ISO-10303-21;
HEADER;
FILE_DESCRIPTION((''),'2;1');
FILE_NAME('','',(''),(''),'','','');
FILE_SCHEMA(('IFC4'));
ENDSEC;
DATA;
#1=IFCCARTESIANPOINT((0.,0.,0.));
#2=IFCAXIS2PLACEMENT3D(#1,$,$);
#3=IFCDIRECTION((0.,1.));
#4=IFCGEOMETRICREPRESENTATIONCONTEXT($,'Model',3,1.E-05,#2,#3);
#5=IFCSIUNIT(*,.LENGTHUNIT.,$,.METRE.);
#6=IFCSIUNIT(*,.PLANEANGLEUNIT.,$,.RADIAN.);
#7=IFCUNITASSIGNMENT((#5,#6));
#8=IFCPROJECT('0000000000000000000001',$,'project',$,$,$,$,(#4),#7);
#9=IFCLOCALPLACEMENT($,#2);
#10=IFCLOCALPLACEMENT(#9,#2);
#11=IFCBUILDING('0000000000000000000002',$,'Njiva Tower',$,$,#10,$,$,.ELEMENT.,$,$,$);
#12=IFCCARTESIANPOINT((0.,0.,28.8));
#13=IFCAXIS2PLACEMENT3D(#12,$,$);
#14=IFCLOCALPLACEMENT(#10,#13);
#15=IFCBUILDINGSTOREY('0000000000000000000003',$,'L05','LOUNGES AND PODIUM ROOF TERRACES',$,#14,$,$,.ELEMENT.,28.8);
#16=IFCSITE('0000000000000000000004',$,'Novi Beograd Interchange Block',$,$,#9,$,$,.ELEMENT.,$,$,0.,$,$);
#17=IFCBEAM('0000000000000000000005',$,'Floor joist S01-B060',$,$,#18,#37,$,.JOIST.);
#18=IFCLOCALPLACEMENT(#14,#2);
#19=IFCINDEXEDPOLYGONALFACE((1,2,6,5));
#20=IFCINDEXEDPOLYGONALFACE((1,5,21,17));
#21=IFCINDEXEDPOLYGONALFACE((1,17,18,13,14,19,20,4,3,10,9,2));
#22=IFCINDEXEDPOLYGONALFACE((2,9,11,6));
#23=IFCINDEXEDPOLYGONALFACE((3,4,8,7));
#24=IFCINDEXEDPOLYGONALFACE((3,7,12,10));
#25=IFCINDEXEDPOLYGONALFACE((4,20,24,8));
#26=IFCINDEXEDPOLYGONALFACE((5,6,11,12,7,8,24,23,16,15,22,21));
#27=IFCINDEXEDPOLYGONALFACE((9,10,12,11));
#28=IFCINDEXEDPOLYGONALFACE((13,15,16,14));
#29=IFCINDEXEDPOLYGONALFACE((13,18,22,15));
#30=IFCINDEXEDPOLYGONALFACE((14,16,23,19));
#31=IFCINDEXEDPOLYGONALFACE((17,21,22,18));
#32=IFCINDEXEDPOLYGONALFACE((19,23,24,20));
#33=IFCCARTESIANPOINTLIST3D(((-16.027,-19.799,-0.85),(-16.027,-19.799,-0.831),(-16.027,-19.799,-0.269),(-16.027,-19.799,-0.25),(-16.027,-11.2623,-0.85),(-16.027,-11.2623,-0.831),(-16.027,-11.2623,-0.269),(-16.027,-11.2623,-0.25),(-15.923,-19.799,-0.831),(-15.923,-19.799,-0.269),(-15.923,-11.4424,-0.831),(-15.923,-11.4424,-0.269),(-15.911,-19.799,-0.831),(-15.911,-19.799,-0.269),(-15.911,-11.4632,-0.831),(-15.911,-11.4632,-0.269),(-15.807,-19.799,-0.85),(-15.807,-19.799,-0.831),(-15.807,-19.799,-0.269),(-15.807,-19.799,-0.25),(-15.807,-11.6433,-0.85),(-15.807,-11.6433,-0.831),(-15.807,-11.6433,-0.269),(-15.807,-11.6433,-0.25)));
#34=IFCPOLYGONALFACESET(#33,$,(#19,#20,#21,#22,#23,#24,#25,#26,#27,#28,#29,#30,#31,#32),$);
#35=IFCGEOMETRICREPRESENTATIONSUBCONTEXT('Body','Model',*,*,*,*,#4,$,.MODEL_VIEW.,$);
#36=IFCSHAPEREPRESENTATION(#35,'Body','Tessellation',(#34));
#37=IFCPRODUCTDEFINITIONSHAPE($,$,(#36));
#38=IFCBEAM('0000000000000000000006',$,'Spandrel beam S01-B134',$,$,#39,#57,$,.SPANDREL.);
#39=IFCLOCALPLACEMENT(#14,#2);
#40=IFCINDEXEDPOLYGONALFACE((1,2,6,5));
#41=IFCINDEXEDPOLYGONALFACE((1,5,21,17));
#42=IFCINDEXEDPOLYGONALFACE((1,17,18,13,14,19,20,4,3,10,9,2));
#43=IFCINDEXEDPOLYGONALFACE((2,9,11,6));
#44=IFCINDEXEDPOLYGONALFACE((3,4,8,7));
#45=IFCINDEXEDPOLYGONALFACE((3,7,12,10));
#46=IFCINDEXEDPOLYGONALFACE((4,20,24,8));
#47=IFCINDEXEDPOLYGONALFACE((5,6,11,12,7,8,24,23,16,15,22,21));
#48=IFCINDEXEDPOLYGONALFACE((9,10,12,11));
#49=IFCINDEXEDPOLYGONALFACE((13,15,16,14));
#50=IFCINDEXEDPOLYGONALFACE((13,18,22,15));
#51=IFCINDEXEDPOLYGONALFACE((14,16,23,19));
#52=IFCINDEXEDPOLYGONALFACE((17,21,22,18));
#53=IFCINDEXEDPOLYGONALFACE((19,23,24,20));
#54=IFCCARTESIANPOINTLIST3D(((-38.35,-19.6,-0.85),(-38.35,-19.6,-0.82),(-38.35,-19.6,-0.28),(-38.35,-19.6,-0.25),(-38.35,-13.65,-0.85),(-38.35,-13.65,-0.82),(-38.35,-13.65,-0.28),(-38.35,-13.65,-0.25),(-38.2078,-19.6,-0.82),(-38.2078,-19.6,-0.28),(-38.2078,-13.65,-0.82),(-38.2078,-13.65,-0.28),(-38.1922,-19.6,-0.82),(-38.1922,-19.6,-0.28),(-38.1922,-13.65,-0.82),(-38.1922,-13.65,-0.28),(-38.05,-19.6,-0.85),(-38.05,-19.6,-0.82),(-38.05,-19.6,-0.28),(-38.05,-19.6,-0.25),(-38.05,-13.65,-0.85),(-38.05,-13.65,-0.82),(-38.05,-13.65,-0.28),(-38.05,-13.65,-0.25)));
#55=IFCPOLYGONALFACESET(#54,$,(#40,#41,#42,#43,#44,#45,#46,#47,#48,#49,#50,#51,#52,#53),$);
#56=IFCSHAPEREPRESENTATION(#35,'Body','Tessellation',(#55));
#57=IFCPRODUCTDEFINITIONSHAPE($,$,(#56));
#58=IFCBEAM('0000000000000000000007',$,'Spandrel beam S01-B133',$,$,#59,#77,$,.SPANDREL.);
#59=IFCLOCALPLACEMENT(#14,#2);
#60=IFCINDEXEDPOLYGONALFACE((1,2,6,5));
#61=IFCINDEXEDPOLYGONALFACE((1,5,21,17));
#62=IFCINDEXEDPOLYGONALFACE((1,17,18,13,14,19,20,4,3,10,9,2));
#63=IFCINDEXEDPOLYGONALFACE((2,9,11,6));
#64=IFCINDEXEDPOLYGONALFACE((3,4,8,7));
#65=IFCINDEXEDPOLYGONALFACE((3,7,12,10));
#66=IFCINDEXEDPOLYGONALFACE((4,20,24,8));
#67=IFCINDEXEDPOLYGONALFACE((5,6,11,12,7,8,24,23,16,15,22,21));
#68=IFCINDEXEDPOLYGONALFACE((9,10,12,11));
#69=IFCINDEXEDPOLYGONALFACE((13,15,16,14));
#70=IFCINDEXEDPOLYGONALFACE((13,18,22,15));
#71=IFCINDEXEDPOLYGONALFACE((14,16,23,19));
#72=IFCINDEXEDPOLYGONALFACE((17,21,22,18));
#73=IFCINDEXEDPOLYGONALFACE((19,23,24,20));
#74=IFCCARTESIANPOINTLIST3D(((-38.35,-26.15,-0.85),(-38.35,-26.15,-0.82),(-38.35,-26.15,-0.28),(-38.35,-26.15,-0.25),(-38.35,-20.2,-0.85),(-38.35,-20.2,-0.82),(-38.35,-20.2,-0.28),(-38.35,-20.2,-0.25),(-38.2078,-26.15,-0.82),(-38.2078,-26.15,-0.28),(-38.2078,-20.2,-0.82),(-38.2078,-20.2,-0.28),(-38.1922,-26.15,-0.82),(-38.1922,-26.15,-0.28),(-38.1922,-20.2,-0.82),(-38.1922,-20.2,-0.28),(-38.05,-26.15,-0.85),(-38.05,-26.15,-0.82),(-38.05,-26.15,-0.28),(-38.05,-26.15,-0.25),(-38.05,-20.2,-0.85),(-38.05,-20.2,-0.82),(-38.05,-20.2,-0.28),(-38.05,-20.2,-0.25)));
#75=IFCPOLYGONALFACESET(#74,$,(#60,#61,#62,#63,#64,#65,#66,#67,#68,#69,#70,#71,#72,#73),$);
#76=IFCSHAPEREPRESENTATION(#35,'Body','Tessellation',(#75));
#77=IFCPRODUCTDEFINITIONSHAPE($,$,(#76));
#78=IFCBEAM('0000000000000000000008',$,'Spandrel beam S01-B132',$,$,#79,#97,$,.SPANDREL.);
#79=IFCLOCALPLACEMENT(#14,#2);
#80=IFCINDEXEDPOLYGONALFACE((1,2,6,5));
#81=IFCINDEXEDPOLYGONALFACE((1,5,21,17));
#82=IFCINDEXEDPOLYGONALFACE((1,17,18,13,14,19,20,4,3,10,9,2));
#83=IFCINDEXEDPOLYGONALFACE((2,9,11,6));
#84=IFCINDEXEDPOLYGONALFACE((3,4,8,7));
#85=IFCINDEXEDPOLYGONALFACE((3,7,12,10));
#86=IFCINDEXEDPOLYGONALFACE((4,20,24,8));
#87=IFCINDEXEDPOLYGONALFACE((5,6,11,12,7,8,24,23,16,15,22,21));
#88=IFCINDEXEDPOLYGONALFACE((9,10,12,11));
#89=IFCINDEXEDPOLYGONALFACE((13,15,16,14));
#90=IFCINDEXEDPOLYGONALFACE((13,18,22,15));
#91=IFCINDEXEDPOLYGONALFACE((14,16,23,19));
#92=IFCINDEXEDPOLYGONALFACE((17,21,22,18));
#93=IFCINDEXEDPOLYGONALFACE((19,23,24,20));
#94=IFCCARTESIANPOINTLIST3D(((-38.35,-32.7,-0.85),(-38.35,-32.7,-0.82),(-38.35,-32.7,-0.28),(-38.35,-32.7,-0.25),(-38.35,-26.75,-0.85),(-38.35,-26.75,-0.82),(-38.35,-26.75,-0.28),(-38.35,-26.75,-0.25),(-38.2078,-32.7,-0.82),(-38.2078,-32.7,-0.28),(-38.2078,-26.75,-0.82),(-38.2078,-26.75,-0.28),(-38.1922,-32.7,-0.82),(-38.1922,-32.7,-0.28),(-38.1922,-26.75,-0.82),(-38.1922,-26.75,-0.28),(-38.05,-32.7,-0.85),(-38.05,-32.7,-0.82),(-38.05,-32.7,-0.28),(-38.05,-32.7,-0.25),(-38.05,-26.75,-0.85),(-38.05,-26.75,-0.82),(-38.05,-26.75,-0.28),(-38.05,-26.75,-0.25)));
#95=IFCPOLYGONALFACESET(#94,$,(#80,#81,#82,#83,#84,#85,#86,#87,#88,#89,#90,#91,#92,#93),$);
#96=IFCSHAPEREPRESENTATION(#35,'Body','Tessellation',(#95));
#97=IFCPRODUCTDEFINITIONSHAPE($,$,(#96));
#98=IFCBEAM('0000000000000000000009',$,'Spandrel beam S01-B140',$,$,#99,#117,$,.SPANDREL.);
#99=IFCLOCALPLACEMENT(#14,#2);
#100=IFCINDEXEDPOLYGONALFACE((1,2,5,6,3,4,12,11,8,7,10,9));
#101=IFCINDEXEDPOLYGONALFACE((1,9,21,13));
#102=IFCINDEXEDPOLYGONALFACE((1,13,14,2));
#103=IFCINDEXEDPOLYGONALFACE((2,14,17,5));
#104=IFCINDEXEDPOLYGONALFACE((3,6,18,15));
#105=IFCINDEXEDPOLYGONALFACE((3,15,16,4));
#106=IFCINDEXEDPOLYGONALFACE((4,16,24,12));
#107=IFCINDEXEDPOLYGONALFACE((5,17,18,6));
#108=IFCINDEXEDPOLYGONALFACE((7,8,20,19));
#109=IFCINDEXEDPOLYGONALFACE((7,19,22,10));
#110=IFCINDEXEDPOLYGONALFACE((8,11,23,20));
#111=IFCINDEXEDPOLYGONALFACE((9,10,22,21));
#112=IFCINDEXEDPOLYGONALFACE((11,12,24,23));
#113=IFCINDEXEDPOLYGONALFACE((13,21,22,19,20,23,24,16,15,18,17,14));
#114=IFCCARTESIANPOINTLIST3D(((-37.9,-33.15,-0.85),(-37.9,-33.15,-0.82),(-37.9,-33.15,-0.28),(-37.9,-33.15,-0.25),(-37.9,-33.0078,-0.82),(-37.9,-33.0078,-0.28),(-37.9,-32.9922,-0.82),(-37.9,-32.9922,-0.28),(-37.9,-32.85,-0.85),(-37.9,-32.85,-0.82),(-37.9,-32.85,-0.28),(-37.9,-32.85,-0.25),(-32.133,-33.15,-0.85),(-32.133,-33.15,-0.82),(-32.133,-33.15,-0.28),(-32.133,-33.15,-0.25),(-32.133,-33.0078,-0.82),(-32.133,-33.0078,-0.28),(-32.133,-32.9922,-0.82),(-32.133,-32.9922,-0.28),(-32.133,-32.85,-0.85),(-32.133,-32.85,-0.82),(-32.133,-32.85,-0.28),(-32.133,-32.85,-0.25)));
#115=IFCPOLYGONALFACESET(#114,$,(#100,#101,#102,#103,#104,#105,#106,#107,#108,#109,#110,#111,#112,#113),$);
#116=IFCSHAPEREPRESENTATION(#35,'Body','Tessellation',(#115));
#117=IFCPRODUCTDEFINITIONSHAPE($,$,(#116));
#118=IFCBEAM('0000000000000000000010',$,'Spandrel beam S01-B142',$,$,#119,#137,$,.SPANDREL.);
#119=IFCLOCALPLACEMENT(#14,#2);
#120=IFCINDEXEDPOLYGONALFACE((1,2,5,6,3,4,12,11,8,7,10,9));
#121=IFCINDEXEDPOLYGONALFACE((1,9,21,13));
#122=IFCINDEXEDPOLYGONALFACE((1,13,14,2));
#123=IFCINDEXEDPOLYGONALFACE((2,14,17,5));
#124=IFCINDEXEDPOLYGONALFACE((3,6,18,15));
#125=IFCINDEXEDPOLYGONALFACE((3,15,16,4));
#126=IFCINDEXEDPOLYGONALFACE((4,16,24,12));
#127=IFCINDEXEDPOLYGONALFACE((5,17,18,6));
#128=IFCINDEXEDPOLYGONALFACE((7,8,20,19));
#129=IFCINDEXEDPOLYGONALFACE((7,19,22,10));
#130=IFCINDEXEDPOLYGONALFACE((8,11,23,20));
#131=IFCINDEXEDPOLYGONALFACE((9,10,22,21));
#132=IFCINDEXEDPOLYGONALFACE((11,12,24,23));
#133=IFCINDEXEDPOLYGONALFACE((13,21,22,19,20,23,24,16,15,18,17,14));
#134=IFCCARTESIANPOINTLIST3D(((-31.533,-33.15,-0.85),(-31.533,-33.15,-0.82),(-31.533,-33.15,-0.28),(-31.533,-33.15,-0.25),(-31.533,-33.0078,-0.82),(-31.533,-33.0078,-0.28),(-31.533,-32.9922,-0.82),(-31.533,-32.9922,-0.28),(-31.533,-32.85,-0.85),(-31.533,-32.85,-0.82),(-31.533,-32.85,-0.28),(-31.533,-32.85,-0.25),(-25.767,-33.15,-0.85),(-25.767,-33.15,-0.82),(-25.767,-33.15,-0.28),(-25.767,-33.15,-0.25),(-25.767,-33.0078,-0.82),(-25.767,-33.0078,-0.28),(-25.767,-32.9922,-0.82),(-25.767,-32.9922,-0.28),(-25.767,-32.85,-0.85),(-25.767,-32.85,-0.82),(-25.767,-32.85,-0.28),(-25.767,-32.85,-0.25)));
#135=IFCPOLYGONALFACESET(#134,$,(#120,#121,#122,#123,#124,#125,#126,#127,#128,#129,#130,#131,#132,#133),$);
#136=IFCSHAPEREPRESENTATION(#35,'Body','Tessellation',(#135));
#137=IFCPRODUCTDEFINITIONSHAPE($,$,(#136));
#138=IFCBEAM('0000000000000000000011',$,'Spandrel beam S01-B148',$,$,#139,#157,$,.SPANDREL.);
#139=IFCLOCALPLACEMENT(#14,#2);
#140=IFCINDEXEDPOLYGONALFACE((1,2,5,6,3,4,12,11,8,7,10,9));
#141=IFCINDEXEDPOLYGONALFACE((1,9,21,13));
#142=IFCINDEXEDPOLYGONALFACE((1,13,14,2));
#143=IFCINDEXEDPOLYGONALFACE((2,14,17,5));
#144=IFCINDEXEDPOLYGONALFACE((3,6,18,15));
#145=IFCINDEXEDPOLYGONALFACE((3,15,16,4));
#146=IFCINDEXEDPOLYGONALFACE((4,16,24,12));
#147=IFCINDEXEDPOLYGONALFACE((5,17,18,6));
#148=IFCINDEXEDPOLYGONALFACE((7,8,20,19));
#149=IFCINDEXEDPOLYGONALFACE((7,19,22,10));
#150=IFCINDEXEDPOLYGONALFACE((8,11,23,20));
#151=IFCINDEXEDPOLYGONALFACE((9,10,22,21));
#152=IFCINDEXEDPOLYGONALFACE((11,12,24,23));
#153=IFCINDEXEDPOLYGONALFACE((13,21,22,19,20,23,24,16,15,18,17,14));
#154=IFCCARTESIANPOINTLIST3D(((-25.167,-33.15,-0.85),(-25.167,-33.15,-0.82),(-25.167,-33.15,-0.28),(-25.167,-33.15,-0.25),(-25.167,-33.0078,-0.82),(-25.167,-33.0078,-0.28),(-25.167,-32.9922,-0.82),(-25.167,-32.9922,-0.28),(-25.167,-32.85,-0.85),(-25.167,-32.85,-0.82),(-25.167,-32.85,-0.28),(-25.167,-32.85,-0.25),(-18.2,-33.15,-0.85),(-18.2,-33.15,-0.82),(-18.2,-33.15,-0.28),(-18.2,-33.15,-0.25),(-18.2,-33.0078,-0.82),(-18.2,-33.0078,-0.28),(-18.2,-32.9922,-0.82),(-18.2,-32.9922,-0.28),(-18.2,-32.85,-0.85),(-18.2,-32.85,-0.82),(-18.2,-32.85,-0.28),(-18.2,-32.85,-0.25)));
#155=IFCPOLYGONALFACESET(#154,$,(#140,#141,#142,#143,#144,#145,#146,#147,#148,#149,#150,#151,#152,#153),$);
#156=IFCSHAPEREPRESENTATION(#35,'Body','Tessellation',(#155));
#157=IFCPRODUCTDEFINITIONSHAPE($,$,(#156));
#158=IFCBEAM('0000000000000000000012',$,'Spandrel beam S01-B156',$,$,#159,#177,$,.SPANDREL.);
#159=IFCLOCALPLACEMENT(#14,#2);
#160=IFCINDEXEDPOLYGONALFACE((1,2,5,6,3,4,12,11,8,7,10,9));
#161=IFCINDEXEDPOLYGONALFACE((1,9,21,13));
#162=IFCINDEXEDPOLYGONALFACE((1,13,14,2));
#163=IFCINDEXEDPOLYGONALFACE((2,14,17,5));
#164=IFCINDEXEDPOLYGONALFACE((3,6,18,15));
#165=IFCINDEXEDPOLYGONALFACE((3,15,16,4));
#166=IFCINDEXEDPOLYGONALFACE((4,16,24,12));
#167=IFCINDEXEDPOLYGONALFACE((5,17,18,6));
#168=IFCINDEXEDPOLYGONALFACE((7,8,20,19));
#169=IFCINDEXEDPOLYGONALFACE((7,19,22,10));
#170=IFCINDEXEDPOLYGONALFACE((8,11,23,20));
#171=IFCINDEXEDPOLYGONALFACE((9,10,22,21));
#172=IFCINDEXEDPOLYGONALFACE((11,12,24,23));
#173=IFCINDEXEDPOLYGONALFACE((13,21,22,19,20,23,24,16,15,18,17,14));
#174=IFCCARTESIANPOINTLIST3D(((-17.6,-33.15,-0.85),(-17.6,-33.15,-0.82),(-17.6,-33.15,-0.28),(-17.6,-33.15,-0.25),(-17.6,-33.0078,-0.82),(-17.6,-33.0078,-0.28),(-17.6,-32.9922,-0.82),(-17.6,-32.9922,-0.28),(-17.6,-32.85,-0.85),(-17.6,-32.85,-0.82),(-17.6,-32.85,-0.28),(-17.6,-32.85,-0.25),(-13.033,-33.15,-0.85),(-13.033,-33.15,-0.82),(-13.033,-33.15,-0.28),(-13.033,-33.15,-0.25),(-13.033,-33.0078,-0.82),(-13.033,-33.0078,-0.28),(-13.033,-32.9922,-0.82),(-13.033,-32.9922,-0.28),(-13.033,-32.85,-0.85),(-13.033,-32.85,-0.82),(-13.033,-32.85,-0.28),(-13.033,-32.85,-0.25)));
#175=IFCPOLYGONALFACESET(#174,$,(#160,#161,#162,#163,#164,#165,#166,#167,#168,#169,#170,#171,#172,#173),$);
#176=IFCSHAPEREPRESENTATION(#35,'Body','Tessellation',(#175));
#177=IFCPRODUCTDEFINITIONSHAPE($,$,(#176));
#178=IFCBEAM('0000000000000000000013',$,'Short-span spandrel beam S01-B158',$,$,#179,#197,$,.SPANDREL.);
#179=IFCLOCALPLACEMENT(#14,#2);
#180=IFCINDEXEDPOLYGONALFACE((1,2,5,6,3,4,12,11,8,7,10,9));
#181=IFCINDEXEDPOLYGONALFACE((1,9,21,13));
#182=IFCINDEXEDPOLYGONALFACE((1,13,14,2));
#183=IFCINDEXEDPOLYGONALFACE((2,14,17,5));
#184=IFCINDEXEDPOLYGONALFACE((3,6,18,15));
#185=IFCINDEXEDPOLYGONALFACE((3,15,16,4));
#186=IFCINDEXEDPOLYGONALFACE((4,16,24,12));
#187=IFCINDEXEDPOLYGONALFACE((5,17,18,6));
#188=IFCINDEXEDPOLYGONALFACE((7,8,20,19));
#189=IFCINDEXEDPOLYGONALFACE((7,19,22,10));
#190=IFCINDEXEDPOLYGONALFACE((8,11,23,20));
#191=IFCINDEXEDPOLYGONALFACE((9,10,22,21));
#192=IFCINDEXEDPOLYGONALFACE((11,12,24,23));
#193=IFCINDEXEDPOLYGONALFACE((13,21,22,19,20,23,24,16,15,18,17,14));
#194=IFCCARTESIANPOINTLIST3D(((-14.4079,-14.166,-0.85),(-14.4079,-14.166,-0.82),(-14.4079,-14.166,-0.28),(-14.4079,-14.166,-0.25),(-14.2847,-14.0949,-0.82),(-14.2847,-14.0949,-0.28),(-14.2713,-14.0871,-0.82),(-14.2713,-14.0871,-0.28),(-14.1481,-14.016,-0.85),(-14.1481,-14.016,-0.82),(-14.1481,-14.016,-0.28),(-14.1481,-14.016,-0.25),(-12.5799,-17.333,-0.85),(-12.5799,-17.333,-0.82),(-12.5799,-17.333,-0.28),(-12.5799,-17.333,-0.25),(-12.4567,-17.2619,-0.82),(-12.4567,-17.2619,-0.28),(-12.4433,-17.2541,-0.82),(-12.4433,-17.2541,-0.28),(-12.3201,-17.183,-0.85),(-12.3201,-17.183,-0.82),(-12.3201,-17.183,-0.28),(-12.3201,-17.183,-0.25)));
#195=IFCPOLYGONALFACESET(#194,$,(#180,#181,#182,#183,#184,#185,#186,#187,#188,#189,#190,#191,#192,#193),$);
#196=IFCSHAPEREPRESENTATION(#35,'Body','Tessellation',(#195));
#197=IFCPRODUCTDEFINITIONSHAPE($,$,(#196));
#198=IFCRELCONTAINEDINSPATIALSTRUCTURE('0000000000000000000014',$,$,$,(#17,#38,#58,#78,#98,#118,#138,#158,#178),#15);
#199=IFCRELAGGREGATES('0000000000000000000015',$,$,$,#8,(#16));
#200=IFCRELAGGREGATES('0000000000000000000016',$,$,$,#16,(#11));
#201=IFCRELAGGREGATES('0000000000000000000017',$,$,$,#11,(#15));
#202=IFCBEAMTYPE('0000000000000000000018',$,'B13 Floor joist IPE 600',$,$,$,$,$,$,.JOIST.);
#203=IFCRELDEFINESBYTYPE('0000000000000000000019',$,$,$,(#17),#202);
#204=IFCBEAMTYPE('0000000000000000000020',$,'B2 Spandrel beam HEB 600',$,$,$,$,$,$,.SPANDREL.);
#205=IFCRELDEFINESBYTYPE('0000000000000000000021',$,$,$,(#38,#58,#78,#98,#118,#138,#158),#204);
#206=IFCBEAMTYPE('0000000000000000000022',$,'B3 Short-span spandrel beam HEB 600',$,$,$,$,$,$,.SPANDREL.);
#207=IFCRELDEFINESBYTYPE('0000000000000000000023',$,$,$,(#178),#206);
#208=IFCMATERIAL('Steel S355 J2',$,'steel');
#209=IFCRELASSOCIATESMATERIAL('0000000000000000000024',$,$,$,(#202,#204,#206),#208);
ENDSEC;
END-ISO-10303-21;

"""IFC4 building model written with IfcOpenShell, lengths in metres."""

from ifc_helpers import new_model, si_unit, direction, frame, origin, origin_2d, place, context, subcontext, project, spatial, i_section, extrude, clip, halfspace, material, material_profile, profile_set, type_object, element, save


model = new_model("IFC4")

# Units and contexts
model_context = context("Model", 3, precision=1e-05, world=origin(), true_north=direction((0.0, 1.0)))
body_context = subcontext(model_context, "Body", "Model", "MODEL_VIEW")
ifc_project = project(units=[si_unit("LENGTHUNIT", "METRE"), si_unit("PLANEANGLEUNIT", "RADIAN")], contexts=[model_context])

# Site, building, storey
site_placement = place(None, origin())
site = spatial("IfcSite", under=ifc_project, at=site_placement, Name="Novi Beograd Interchange Block", CompositionType="ELEMENT", RefElevation=0.0)
building_placement = place(site_placement, origin())
building = spatial("IfcBuilding", under=site, at=building_placement, Name="Njiva Tower", CompositionType="ELEMENT")
storey_placement = place(building_placement, frame((0.0, 0.0, 28.8)))
storey = spatial("IfcBuildingStorey", under=building, at=storey_placement, Name="L05", Description="LOUNGES AND PODIUM ROOF TERRACES", CompositionType="ELEMENT", Elevation=28.8)

# Shared definitions
ifc_material_1 = material(Name="Steel S355 J2", Category="steel")

# Beams
ifc_material_profile_1 = material_profile(ifc_material_1, i_section(OverallWidth=0.22, OverallDepth=0.6, WebThickness=0.012, FlangeThickness=0.019, at=origin_2d()), Name="IPE 600")
ifc_profile_set_1 = profile_set([ifc_material_profile_1], Name="Steel S355 J2")
beam_type_1 = type_object("IfcBeamType", Name="B13 Floor joist IPE 600", PredefinedType="JOIST", material=ifc_profile_set_1)
beam_1_placement = place(storey_placement, frame((-15.917, -11.242, -0.55), z_axis=(0.0, -1.0, 0.0), x_axis=(1.0, 0.0, 0.0)))
element("IfcBeam", 1, at=beam_1_placement, inside=storey, type_object=beam_type_1, Name="Floor joist S01-B060", PredefinedType="JOIST", context=body_context, shape_type="Clipping", body=[
    clip(extrude(i_section(OverallWidth=0.22, OverallDepth=0.6, WebThickness=0.012, FlangeThickness=0.019, at=origin_2d()), origin(), (0.0, 0.0, 1.0), 8.557), halfspace(frame((0.0436, 0.0, 0.2863), z_axis=(0.866027, 0.0, -0.499998), x_axis=(0.0, -1.0, 0.0)), False)),
])
ifc_material_profile_2 = material_profile(ifc_material_1, i_section(OverallWidth=0.3, OverallDepth=0.6, WebThickness=0.0155, FlangeThickness=0.03, at=origin_2d()), Name="HEB 600")
ifc_profile_set_2 = profile_set([ifc_material_profile_2], Name="Steel S355 J2")
beam_type_2 = type_object("IfcBeamType", Name="B2 Spandrel beam HEB 600", PredefinedType="SPANDREL", material=ifc_profile_set_2)
for number, where, z_axis, x_axis, name in (
    (2, (-38.2, -13.65, -0.55), (0.0, -1.0, 0.0), (1.0, 0.0, 0.0), "Spandrel beam S01-B134"),
    (3, (-38.2, -20.2, -0.55), (0.0, -1.0, 0.0), (1.0, 0.0, 0.0), "Spandrel beam S01-B133"),
    (4, (-38.2, -26.75, -0.55), (0.0, -1.0, 0.0), (1.0, 0.0, 0.0), "Spandrel beam S01-B132"),
):
    element("IfcBeam", number, at=place(storey_placement, frame(where, z_axis=z_axis, x_axis=x_axis)), inside=storey, type_object=beam_type_2, Name=name, PredefinedType="SPANDREL", context=body_context, shape_type="SweptSolid", body=[
        extrude(i_section(OverallWidth=0.3, OverallDepth=0.6, WebThickness=0.0155, FlangeThickness=0.03, at=origin_2d()), origin(), (0.0, 0.0, 1.0), 5.95),
    ])
beam_2_placement = place(storey_placement, frame((-37.9, -33.0, -0.55), z_axis=(1.0, 0.0, 0.0), x_axis=(0.0, 1.0, 0.0)))
element("IfcBeam", 5, at=beam_2_placement, inside=storey, type_object=beam_type_2, Name="Spandrel beam S01-B140", PredefinedType="SPANDREL", context=body_context, shape_type="SweptSolid", body=[
    extrude(i_section(OverallWidth=0.3, OverallDepth=0.6, WebThickness=0.0155, FlangeThickness=0.03, at=origin_2d()), origin(), (0.0, 0.0, 1.0), 5.767),
])
beam_3_placement = place(storey_placement, frame((-31.533, -33.0, -0.55), z_axis=(1.0, 0.0, 0.0), x_axis=(0.0, 1.0, 0.0)))
element("IfcBeam", 6, at=beam_3_placement, inside=storey, type_object=beam_type_2, Name="Spandrel beam S01-B142", PredefinedType="SPANDREL", context=body_context, shape_type="SweptSolid", body=[
    extrude(i_section(OverallWidth=0.3, OverallDepth=0.6, WebThickness=0.0155, FlangeThickness=0.03, at=origin_2d()), origin(), (0.0, 0.0, 1.0), 5.766),
])
beam_4_placement = place(storey_placement, frame((-25.167, -33.0, -0.55), z_axis=(1.0, 0.0, 0.0), x_axis=(0.0, 1.0, 0.0)))
element("IfcBeam", 7, at=beam_4_placement, inside=storey, type_object=beam_type_2, Name="Spandrel beam S01-B148", PredefinedType="SPANDREL", context=body_context, shape_type="SweptSolid", body=[
    extrude(i_section(OverallWidth=0.3, OverallDepth=0.6, WebThickness=0.0155, FlangeThickness=0.03, at=origin_2d()), origin(), (0.0, 0.0, 1.0), 6.967),
])
beam_5_placement = place(storey_placement, frame((-17.6, -33.0, -0.55), z_axis=(1.0, 0.0, 0.0), x_axis=(0.0, 1.0, 0.0)))
element("IfcBeam", 8, at=beam_5_placement, inside=storey, type_object=beam_type_2, Name="Spandrel beam S01-B156", PredefinedType="SPANDREL", context=body_context, shape_type="SweptSolid", body=[
    extrude(i_section(OverallWidth=0.3, OverallDepth=0.6, WebThickness=0.0155, FlangeThickness=0.03, at=origin_2d()), origin(), (0.0, 0.0, 1.0), 4.567),
])
ifc_material_profile_3 = material_profile(ifc_material_1, i_section(OverallWidth=0.3, OverallDepth=0.6, WebThickness=0.0155, FlangeThickness=0.03, at=origin_2d()), Name="HEB 600")
ifc_profile_set_3 = profile_set([ifc_material_profile_3], Name="Steel S355 J2")
beam_type_3 = type_object("IfcBeamType", Name="B3 Short-span spandrel beam HEB 600", PredefinedType="SPANDREL", material=ifc_profile_set_3)
beam_6_placement = place(storey_placement, frame((-14.278, -14.091, -0.55), z_axis=(0.499904, -0.866081, 0.0), x_axis=(0.866081, 0.499904, 0.0)))
element("IfcBeam", 9, at=beam_6_placement, inside=storey, type_object=beam_type_3, Name="Short-span spandrel beam S01-B158", PredefinedType="SPANDREL", context=body_context, shape_type="SweptSolid", body=[
    extrude(i_section(OverallWidth=0.3, OverallDepth=0.6, WebThickness=0.0155, FlangeThickness=0.03, at=origin_2d()), origin(), (0.0, 0.0, 1.0), 3.6567),
])

save(model, "model.ifc")
